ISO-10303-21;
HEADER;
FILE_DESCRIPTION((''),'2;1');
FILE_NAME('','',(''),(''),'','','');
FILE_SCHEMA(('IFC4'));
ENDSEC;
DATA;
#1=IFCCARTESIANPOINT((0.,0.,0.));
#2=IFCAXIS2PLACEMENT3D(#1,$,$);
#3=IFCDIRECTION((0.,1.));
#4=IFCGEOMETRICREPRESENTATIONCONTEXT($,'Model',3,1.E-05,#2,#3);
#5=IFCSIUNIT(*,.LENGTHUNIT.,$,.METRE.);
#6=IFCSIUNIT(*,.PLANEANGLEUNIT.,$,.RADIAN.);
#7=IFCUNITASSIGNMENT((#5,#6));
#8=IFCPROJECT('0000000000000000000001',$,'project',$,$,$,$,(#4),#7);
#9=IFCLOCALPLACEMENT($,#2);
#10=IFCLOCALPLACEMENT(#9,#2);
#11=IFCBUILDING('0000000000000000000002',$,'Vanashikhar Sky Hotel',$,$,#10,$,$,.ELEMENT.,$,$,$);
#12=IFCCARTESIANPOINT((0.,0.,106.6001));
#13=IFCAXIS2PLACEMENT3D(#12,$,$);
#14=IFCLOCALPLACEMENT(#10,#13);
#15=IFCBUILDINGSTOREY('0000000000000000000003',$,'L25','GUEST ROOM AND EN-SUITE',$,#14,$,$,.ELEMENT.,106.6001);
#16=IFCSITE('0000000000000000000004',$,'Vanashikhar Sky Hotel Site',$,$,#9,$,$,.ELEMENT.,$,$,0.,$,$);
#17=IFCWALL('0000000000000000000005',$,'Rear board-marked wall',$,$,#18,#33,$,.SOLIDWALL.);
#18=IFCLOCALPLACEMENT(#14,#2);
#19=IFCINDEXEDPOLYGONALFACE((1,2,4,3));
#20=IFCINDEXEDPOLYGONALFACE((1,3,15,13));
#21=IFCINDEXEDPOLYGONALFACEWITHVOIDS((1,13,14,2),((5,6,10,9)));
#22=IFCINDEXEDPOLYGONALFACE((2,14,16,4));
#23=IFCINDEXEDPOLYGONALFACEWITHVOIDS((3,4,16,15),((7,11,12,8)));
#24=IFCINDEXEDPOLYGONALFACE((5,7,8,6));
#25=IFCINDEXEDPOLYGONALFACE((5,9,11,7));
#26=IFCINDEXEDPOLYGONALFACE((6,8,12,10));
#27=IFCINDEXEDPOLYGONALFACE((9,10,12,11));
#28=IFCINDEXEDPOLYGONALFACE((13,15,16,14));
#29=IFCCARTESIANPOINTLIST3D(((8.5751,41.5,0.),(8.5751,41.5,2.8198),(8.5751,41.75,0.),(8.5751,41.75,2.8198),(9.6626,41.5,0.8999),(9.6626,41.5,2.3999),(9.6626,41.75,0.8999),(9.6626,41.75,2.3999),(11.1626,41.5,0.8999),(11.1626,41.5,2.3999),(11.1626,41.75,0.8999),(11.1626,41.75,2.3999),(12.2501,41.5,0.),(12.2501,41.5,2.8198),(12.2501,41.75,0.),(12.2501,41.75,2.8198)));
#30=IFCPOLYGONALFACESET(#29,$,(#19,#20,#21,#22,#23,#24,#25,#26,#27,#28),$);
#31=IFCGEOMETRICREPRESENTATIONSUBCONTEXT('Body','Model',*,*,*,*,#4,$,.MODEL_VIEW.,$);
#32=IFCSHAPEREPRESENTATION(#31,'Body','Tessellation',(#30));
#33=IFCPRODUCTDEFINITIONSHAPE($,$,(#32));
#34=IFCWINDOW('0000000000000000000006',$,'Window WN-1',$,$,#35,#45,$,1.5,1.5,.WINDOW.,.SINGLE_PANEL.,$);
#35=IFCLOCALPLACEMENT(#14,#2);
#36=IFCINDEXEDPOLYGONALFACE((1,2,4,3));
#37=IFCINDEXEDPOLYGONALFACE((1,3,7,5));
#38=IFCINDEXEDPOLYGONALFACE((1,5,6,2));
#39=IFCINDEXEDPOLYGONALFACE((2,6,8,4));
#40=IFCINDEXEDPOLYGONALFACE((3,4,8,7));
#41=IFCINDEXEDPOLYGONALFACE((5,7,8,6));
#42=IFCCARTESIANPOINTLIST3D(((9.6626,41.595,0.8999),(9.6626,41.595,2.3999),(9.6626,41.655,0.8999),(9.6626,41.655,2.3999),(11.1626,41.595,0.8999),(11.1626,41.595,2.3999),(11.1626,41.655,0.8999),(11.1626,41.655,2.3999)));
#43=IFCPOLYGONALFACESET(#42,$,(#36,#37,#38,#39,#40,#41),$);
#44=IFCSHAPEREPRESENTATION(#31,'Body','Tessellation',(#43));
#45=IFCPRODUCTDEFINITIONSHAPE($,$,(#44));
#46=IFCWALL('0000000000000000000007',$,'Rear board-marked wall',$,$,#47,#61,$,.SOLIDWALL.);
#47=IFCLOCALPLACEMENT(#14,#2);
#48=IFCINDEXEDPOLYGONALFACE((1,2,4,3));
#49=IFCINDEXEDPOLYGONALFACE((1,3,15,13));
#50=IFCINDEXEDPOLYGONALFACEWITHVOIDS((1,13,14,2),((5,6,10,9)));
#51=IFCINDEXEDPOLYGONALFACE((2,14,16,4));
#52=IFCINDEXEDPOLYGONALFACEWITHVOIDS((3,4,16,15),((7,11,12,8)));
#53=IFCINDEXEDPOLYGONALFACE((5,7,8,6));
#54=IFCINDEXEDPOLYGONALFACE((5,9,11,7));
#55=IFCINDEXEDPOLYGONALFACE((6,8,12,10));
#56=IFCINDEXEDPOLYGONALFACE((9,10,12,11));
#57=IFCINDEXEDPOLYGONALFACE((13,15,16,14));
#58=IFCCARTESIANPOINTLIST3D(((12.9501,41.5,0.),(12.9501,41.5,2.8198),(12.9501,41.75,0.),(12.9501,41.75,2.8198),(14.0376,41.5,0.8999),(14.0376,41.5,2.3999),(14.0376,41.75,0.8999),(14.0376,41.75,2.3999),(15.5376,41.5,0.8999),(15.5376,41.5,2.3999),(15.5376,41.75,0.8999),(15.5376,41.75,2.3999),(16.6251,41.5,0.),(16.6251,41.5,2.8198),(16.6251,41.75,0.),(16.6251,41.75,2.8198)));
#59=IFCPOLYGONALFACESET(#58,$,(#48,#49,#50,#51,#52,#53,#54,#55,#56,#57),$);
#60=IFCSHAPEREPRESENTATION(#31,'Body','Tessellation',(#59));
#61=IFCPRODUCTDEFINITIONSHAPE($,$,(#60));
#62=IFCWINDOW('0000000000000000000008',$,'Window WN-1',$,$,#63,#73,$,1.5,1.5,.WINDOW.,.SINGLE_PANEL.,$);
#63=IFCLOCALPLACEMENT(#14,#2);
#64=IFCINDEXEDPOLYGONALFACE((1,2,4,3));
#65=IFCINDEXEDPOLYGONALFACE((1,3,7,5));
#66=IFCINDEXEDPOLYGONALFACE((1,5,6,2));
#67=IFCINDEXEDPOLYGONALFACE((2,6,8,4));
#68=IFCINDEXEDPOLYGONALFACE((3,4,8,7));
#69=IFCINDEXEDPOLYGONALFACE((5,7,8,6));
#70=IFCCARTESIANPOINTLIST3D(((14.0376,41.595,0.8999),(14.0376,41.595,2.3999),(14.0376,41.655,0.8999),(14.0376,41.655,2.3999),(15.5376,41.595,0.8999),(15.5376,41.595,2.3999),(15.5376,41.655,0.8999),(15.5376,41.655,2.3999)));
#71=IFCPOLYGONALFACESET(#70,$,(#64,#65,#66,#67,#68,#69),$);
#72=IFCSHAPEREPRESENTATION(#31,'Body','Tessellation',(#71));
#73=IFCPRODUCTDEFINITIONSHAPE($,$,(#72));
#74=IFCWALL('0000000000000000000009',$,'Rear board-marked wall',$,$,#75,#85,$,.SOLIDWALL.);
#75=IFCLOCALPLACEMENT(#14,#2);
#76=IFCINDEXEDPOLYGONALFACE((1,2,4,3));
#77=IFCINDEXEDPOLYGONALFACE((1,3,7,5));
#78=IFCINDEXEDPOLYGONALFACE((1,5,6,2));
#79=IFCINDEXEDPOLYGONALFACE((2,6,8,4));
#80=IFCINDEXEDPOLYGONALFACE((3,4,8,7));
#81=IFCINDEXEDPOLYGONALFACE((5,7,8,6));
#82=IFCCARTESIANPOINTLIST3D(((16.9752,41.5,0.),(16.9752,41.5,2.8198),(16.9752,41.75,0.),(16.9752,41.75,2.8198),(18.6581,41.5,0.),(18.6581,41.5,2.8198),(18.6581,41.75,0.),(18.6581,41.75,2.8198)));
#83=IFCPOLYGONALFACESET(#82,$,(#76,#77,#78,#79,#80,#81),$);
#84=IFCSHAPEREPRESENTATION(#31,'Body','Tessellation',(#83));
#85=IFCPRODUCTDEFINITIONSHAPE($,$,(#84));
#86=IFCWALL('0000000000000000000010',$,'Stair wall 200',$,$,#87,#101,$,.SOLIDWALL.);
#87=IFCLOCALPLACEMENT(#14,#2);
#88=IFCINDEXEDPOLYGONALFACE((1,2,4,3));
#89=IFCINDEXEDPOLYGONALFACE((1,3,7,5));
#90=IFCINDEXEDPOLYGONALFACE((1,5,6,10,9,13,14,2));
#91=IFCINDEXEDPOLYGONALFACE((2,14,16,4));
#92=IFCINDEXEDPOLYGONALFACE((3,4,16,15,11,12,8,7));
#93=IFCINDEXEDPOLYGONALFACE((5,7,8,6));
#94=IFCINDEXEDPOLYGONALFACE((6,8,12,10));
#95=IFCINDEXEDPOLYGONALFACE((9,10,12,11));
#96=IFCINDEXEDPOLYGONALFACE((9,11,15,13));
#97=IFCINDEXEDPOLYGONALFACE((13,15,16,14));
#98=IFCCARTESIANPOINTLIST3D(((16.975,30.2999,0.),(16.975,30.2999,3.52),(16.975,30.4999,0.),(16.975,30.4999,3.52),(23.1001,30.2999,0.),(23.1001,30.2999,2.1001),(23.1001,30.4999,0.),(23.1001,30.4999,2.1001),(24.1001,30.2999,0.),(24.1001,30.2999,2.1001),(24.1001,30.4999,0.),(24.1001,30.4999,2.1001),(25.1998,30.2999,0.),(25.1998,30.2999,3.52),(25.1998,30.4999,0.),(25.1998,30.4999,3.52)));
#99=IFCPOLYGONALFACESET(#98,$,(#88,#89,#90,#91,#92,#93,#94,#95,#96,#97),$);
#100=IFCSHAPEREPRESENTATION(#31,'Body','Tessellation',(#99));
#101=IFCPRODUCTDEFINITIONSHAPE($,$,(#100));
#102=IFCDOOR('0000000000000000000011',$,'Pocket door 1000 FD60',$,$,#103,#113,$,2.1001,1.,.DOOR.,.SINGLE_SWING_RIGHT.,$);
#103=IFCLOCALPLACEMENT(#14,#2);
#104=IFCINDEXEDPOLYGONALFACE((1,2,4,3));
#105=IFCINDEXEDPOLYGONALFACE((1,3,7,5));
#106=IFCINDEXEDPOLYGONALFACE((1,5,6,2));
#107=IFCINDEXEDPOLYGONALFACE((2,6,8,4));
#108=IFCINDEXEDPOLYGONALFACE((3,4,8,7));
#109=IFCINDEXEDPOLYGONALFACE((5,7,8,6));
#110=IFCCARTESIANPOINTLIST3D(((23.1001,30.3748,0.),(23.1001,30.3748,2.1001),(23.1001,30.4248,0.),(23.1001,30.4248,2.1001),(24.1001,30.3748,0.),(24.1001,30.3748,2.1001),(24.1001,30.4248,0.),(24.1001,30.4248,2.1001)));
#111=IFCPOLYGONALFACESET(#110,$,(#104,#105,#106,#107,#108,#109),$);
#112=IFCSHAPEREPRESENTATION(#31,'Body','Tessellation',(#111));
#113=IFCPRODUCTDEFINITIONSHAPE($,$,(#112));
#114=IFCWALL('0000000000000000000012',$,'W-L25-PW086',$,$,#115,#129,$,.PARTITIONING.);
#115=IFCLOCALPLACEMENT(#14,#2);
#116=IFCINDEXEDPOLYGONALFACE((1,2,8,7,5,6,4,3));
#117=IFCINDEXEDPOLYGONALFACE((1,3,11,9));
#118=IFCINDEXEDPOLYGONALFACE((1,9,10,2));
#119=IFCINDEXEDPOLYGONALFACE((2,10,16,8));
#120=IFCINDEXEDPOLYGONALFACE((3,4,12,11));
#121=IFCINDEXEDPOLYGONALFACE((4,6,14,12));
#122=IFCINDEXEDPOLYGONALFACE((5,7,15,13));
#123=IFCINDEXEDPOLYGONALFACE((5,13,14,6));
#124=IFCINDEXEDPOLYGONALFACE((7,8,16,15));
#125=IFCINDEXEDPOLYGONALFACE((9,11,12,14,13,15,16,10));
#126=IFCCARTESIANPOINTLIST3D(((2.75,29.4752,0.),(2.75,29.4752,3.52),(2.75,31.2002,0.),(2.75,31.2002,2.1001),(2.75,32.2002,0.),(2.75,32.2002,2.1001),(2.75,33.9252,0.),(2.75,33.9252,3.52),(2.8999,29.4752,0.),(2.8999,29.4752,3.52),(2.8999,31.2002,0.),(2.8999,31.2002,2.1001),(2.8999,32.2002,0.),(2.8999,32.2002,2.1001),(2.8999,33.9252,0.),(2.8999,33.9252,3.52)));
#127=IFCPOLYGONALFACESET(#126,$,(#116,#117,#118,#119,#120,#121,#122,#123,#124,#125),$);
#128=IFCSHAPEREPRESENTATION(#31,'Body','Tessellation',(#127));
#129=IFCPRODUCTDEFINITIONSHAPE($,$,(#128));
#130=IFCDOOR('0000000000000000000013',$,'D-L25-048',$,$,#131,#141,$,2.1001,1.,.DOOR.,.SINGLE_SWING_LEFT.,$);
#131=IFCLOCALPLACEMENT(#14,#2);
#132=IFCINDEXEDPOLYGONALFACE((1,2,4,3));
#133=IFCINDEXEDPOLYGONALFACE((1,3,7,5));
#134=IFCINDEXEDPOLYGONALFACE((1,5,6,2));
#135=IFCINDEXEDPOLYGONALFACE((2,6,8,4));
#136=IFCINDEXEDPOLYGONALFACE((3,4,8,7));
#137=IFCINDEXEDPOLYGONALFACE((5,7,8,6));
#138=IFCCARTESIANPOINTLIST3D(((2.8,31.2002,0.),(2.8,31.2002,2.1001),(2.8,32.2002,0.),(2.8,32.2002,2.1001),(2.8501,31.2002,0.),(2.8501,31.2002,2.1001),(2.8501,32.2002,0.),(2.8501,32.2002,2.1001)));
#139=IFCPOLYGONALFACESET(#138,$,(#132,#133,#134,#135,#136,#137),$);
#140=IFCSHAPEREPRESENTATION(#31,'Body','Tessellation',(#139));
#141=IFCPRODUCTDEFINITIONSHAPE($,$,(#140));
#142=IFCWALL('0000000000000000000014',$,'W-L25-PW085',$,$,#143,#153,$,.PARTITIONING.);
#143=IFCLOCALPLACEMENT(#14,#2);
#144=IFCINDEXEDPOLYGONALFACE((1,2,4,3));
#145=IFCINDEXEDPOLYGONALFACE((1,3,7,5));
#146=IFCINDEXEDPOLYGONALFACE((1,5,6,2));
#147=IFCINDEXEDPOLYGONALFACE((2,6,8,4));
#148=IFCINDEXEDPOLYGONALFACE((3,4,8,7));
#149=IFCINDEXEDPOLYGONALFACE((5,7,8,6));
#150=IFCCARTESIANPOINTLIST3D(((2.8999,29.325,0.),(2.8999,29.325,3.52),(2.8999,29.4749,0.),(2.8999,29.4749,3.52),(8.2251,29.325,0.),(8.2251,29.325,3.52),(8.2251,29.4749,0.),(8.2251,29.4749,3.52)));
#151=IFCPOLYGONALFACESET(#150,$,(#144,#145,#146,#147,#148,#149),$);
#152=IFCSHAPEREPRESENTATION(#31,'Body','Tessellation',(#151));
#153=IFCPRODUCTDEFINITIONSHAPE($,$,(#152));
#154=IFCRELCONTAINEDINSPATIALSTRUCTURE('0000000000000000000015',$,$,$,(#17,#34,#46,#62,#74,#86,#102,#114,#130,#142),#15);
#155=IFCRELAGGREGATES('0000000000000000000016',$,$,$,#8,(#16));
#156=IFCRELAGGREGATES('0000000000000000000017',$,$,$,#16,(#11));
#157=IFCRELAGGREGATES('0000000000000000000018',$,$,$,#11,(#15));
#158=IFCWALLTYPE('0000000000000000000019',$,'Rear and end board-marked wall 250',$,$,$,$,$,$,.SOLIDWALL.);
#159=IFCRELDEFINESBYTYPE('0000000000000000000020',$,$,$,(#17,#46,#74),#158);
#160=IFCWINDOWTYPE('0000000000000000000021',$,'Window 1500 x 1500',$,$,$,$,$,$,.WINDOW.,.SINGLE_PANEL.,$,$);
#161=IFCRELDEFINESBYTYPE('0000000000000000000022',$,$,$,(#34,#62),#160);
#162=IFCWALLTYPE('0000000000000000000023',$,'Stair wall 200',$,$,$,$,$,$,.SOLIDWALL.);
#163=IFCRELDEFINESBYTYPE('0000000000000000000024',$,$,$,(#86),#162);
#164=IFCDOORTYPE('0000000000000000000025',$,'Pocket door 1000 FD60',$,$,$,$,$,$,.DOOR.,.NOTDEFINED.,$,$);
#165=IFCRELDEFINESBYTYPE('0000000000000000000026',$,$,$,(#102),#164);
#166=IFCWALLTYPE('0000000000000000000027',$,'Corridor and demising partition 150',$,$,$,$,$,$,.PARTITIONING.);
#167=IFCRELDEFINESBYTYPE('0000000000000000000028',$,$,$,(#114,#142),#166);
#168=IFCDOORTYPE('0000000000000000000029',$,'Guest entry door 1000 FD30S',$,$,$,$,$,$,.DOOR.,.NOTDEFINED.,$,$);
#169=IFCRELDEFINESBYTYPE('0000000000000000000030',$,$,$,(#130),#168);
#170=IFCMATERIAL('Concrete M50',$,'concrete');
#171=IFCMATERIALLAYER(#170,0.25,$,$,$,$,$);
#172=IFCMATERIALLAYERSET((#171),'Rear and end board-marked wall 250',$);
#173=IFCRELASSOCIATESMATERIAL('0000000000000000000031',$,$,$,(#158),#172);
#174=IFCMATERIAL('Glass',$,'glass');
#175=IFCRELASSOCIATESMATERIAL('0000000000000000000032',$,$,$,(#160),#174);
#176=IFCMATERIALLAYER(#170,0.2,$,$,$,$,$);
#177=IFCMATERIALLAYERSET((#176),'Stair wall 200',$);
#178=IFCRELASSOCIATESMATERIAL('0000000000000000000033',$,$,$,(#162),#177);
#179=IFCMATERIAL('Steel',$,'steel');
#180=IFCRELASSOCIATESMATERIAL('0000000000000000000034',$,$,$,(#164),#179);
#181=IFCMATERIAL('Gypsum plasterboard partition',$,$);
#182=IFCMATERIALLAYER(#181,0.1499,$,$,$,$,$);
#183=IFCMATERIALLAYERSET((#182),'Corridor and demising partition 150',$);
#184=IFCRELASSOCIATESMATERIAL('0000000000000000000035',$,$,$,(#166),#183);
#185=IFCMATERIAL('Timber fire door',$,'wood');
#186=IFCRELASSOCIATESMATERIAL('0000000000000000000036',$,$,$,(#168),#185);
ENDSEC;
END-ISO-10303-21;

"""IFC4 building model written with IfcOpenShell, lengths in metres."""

from ifc_helpers import new_model, si_unit, direction, frame, frame_2d, origin, place, context, subcontext, project, spatial, rectangle, extrude, source, transform, mapped, material, layer, layer_set, type_object, element, fill, save


model = new_model("IFC4")

# Units and contexts
model_context = context("Model", 3, precision=1e-05, world=origin(), true_north=direction((0.0, 1.0)))
body_context = subcontext(model_context, "Body", "Model", "MODEL_VIEW")
ifc_project = project(units=[si_unit("LENGTHUNIT", "METRE"), si_unit("PLANEANGLEUNIT", "RADIAN")], contexts=[model_context])

# Site, building, storey
site_placement = place(None, origin())
site = spatial("IfcSite", under=ifc_project, at=site_placement, Name="Vanashikhar Sky Hotel Site", CompositionType="ELEMENT", RefElevation=0.0)
building_placement = place(site_placement, origin())
building = spatial("IfcBuilding", under=site, at=building_placement, Name="Vanashikhar Sky Hotel", CompositionType="ELEMENT")
storey_placement = place(building_placement, frame((0.0, 0.0, 106.6001)))
storey = spatial("IfcBuildingStorey", under=building, at=storey_placement, Name="L25", Description="GUEST ROOM AND EN-SUITE", CompositionType="ELEMENT", Elevation=106.6001)

# Shared definitions
ifc_material_1 = material(Name="Concrete M50", Category="concrete")

# Shared definitions
ifc_material_2 = material(Name="Glass", Category="glass")

# Walls, openings, windows
ifc_layer_1 = layer(ifc_material_1, 0.25)
ifc_layer_set_1 = layer_set([ifc_layer_1], Name="Rear and end board-marked wall 250")
wall_type_1 = type_object("IfcWallType", Name="Rear and end board-marked wall 250", PredefinedType="SOLIDWALL", material=ifc_layer_set_1)
shared_shape_1 = source(origin(), body_context, "Body", "SweptSolid", [
    extrude(rectangle(XDim=1.5, YDim=1.5, at=frame_2d((0.75, 0.75))), frame((0.0, 0.135, 0.0), z_axis=(0.0, -1.0, 0.0), x_axis=(1.0, 0.0, 0.0)), (0.0, 0.0, 1.0), 0.27),
])
window_type_1 = type_object("IfcWindowType", Name="Window 1500 x 1500", PartitioningType="SINGLE_PANEL", PredefinedType="WINDOW", material=ifc_material_2)
shared_shape_2 = source(origin(), body_context, "Body", "SweptSolid", [
    extrude(rectangle(XDim=1.5, YDim=1.5, at=frame_2d((0.75, 0.75))), frame((0.0, 0.03, 0.0), z_axis=(0.0, -1.0, 0.0), x_axis=(1.0, 0.0, 0.0)), (0.0, 0.0, 1.0), 0.0601),
])
shared_shape_3 = source(origin(), body_context, "Body", "SweptSolid", [
    extrude(rectangle(XDim=3.675, YDim=0.25, at=frame_2d((1.8374, 0.0))), origin(), (0.0, 0.0, 1.0), 2.8198),
])
wall_1_placement = place(storey_placement, frame((12.25, 41.625, 0.0), z_axis=(0.0, 0.0, 1.0), x_axis=(-1.0, 0.0, 0.0)))
wall_1 = element("IfcWall", 1, at=wall_1_placement, inside=storey, type_object=wall_type_1, Name="Rear board-marked wall", PredefinedType="SOLIDWALL", context=body_context, shape_type="MappedRepresentation", body=[
    mapped(shared_shape_3, transform((0.0, 0.0, 0.0), scale=1.0)),
])
opening_1_placement = place(wall_1_placement, frame((1.0874, 0.0, 0.8999)))
opening_1 = element("IfcOpeningElement", 2, at=opening_1_placement, cuts=wall_1, PredefinedType="OPENING", context=body_context, shape_type="MappedRepresentation", body=[
    mapped(shared_shape_1, transform((0.0, 0.0, 0.0), scale=1.0)),
])
window_1_placement = place(opening_1_placement, origin())
window_1 = element("IfcWindow", 3, at=window_1_placement, inside=storey, type_object=window_type_1, Name="Window WN-1", OverallHeight=1.5, OverallWidth=1.5, PartitioningType="SINGLE_PANEL", PredefinedType="WINDOW", context=body_context, shape_type="MappedRepresentation", body=[
    mapped(shared_shape_2, transform((0.0, 0.0, 0.0), scale=1.0)),
])
fill(opening_1, window_1)
wall_2_placement = place(storey_placement, frame((16.625, 41.625, 0.0), z_axis=(0.0, 0.0, 1.0), x_axis=(-1.0, 0.0, 0.0)))
wall_2 = element("IfcWall", 4, at=wall_2_placement, inside=storey, type_object=wall_type_1, Name="Rear board-marked wall", PredefinedType="SOLIDWALL", context=body_context, shape_type="MappedRepresentation", body=[
    mapped(shared_shape_3, transform((0.0, 0.0, 0.0), scale=1.0)),
])
opening_2_placement = place(wall_2_placement, frame((1.0874, 0.0, 0.8999)))
opening_2 = element("IfcOpeningElement", 5, at=opening_2_placement, cuts=wall_2, PredefinedType="OPENING", context=body_context, shape_type="MappedRepresentation", body=[
    mapped(shared_shape_1, transform((0.0, 0.0, 0.0), scale=1.0)),
])
window_2_placement = place(opening_2_placement, origin())
window_2 = element("IfcWindow", 6, at=window_2_placement, inside=storey, type_object=window_type_1, Name="Window WN-1", OverallHeight=1.5, OverallWidth=1.5, PartitioningType="SINGLE_PANEL", PredefinedType="WINDOW", context=body_context, shape_type="MappedRepresentation", body=[
    mapped(shared_shape_2, transform((0.0, 0.0, 0.0), scale=1.0)),
])
fill(opening_2, window_2)

# Wall
shared_shape_4 = source(origin(), body_context, "Body", "SweptSolid", [
    extrude(rectangle(XDim=1.6829, YDim=0.25, at=frame_2d((0.8413, 0.0))), origin(), (0.0, 0.0, 1.0), 2.8198),
])
wall_3_placement = place(storey_placement, frame((18.658, 41.625, 0.0), z_axis=(0.0, 0.0, 1.0), x_axis=(-1.0, 0.0, 0.0)))
element("IfcWall", 7, at=wall_3_placement, inside=storey, type_object=wall_type_1, Name="Rear board-marked wall", PredefinedType="SOLIDWALL", context=body_context, shape_type="MappedRepresentation", body=[
    mapped(shared_shape_4, transform((0.0, 0.0, 0.0), scale=1.0)),
])

# Walls, openings, doors
ifc_layer_2 = layer(ifc_material_1, 0.2)
ifc_layer_set_2 = layer_set([ifc_layer_2], Name="Stair wall 200")
wall_type_2 = type_object("IfcWallType", Name="Stair wall 200", PredefinedType="SOLIDWALL", material=ifc_layer_set_2)
shared_shape_5 = source(origin(), body_context, "Body", "SweptSolid", [
    extrude(rectangle(XDim=8.2249, YDim=0.2, at=frame_2d((4.1123, 0.0))), origin(), (0.0, 0.0, 1.0), 3.52),
])
wall_4_placement = place(storey_placement, frame((16.9751, 30.3999, 0.0), z_axis=(0.0, 0.0, 1.0), x_axis=(1.0, 0.0, 0.0)))
wall_4 = element("IfcWall", 8, at=wall_4_placement, inside=storey, type_object=wall_type_2, Name="Stair wall 200", PredefinedType="SOLIDWALL", context=body_context, shape_type="MappedRepresentation", body=[
    mapped(shared_shape_5, transform((0.0, 0.0, 0.0), scale=1.0)),
])
shared_shape_6 = source(origin(), body_context, "Body", "SweptSolid", [
    extrude(rectangle(XDim=1.0, YDim=2.1001, at=frame_2d((0.5, 1.05))), frame((0.0, 0.1099, 0.0), z_axis=(0.0, -1.0, 0.0), x_axis=(1.0, 0.0, 0.0)), (0.0, 0.0, 1.0), 0.22),
])
opening_3_placement = place(wall_4_placement, frame((6.125, 0.0, 0.0)))
opening_3 = element("IfcOpeningElement", 9, at=opening_3_placement, cuts=wall_4, PredefinedType="OPENING", context=body_context, shape_type="MappedRepresentation", body=[
    mapped(shared_shape_6, transform((0.0, 0.0, 0.0), scale=1.0)),
])
ifc_material_3 = material(Name="Steel", Category="steel")
door_type_1 = type_object("IfcDoorType", Name="Pocket door 1000 FD60", OperationType="NOTDEFINED", PredefinedType="DOOR", material=ifc_material_3)
shared_shape_7 = source(origin(), body_context, "Body", "SweptSolid", [
    extrude(rectangle(XDim=1.0, YDim=2.1001, at=frame_2d((0.5, 1.05))), frame((0.0, 0.0249, 0.0), z_axis=(0.0, -1.0, 0.0), x_axis=(1.0, 0.0, 0.0)), (0.0, 0.0, 1.0), 0.05),
])
door_1_placement = place(opening_3_placement, origin())
door_1 = element("IfcDoor", 10, at=door_1_placement, inside=storey, type_object=door_type_1, Name="Pocket door 1000 FD60", OperationType="SINGLE_SWING_RIGHT", OverallHeight=2.1001, OverallWidth=1.0, PredefinedType="DOOR", context=body_context, shape_type="MappedRepresentation", body=[
    mapped(shared_shape_7, transform((0.0, 0.0, 0.0), scale=1.0)),
])
fill(opening_3, door_1)
ifc_material_4 = material(Name="Gypsum plasterboard partition")
ifc_layer_3 = layer(ifc_material_4, 0.1499)
ifc_layer_set_3 = layer_set([ifc_layer_3], Name="Corridor and demising partition 150")
wall_type_3 = type_object("IfcWallType", Name="Corridor and demising partition 150", PredefinedType="PARTITIONING", material=ifc_layer_set_3)
shared_shape_8 = source(origin(), body_context, "Body", "SweptSolid", [
    extrude(rectangle(XDim=4.45, YDim=0.1499, at=frame_2d((2.2251, 0.0))), origin(), (0.0, 0.0, 1.0), 3.52),
])
wall_5_placement = place(storey_placement, frame((2.825, 29.4751, 0.0), z_axis=(0.0, 0.0, 1.0), x_axis=(0.0, 1.0, 0.0)))
wall_5 = element("IfcWall", 11, at=wall_5_placement, inside=storey, type_object=wall_type_3, Name="W-L25-PW086", PredefinedType="PARTITIONING", context=body_context, shape_type="MappedRepresentation", body=[
    mapped(shared_shape_8, transform((0.0, 0.0, 0.0), scale=1.0)),
])
shared_shape_9 = source(origin(), body_context, "Body", "SweptSolid", [
    extrude(rectangle(XDim=1.0, YDim=2.1001, at=frame_2d((0.5, 1.05))), frame((0.0, 0.085, 0.0), z_axis=(0.0, -1.0, 0.0), x_axis=(1.0, 0.0, 0.0)), (0.0, 0.0, 1.0), 0.1699),
])
opening_4_placement = place(wall_5_placement, frame((1.7251, 0.0, 0.0)))
opening_4 = element("IfcOpeningElement", 12, at=opening_4_placement, cuts=wall_5, PredefinedType="OPENING", context=body_context, shape_type="MappedRepresentation", body=[
    mapped(shared_shape_9, transform((0.0, 0.0, 0.0), scale=1.0)),
])
ifc_material_5 = material(Name="Timber fire door", Category="wood")
door_type_2 = type_object("IfcDoorType", Name="Guest entry door 1000 FD30S", OperationType="NOTDEFINED", PredefinedType="DOOR", material=ifc_material_5)
door_2_placement = place(opening_4_placement, origin())
door_2 = element("IfcDoor", 13, at=door_2_placement, inside=storey, type_object=door_type_2, Name="D-L25-048", OperationType="SINGLE_SWING_LEFT", OverallHeight=2.1001, OverallWidth=1.0, PredefinedType="DOOR", context=body_context, shape_type="MappedRepresentation", body=[
    mapped(shared_shape_7, transform((0.0, 0.0, 0.0), scale=1.0)),
])
fill(opening_4, door_2)

# Wall
shared_shape_10 = source(origin(), body_context, "Body", "SweptSolid", [
    extrude(rectangle(XDim=5.3252, YDim=0.1499, at=frame_2d((2.6626, 0.0))), origin(), (0.0, 0.0, 1.0), 3.52),
])
wall_6_placement = place(storey_placement, frame((2.8999, 29.3999, 0.0), z_axis=(0.0, 0.0, 1.0), x_axis=(1.0, 0.0, 0.0)))
element("IfcWall", 14, at=wall_6_placement, inside=storey, type_object=wall_type_3, Name="W-L25-PW085", PredefinedType="PARTITIONING", context=body_context, shape_type="MappedRepresentation", body=[
    mapped(shared_shape_10, transform((0.0, 0.0, 0.0), scale=1.0)),
])

save(model, "model.ifc")
